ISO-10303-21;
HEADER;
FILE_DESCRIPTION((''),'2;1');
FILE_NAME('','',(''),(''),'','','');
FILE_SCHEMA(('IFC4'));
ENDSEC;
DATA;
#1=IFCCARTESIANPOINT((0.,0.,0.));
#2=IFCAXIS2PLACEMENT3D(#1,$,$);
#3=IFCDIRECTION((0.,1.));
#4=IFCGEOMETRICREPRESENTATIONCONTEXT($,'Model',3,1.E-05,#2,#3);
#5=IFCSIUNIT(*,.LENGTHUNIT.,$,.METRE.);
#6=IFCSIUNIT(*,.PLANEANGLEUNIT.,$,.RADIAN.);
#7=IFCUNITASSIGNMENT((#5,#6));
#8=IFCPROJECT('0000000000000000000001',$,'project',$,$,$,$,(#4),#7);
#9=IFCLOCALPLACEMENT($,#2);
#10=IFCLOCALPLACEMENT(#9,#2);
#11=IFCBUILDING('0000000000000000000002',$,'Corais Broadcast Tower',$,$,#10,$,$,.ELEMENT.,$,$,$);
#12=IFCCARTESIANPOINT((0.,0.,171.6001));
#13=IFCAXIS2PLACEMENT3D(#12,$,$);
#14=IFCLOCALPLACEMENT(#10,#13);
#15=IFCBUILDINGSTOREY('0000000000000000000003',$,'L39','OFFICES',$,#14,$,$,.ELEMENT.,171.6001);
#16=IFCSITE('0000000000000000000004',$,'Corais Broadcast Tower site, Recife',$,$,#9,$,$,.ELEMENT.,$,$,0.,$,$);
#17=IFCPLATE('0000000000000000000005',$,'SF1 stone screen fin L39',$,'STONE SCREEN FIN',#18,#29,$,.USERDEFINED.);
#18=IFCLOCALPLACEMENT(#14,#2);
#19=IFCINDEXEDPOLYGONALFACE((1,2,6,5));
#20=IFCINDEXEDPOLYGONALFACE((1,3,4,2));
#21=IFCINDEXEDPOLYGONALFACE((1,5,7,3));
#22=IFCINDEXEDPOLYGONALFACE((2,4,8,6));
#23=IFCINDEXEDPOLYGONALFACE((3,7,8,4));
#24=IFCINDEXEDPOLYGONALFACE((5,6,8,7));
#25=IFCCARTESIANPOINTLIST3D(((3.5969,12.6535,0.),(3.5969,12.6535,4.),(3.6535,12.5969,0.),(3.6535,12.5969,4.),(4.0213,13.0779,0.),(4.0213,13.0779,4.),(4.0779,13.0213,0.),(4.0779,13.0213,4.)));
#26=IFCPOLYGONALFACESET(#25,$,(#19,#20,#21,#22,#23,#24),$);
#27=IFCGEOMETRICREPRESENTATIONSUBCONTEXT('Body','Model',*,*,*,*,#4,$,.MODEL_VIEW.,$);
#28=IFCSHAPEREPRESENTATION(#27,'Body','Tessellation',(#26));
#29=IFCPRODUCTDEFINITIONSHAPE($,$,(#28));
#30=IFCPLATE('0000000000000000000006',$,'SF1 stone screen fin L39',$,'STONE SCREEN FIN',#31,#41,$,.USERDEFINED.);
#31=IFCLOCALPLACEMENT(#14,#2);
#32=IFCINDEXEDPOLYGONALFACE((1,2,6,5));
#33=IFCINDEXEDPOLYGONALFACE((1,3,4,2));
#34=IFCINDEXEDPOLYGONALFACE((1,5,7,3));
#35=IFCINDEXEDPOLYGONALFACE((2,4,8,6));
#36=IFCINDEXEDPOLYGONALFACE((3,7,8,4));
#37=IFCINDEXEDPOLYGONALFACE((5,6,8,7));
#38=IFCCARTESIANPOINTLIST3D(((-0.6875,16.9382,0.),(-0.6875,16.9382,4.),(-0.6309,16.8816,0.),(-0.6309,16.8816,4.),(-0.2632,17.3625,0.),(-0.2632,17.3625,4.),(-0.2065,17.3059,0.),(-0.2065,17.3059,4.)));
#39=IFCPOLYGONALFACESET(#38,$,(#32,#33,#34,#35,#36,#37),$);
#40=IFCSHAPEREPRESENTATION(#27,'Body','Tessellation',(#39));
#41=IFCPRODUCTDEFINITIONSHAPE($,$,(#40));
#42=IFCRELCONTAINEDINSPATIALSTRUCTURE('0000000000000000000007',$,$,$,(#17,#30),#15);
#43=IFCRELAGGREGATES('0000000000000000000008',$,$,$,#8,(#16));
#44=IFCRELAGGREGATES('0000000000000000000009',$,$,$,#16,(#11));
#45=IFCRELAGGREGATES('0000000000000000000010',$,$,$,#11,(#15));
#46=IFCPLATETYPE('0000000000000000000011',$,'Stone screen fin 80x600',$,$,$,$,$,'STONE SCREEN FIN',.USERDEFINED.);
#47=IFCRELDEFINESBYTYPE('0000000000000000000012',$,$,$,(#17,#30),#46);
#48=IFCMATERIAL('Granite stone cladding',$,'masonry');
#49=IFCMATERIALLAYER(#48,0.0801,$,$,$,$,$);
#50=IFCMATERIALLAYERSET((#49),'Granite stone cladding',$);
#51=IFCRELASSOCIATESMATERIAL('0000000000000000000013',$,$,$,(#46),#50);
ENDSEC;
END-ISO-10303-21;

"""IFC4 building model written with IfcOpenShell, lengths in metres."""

from ifc_helpers import new_model, si_unit, direction, frame, origin, origin_2d, place, context, subcontext, project, spatial, rectangle, extrude, material, layer, layer_set, type_object, element, save


model = new_model("IFC4")

# Units and contexts
model_context = context("Model", 3, precision=1e-05, world=origin(), true_north=direction((0.0, 1.0)))
body_context = subcontext(model_context, "Body", "Model", "MODEL_VIEW")
ifc_project = project(units=[si_unit("LENGTHUNIT", "METRE"), si_unit("PLANEANGLEUNIT", "RADIAN")], contexts=[model_context])

# Site, building, storey
site_placement = place(None, origin())
site = spatial("IfcSite", under=ifc_project, at=site_placement, Name="Corais Broadcast Tower site, Recife", CompositionType="ELEMENT", RefElevation=0.0)
building_placement = place(site_placement, origin())
building = spatial("IfcBuilding", under=site, at=building_placement, Name="Corais Broadcast Tower", CompositionType="ELEMENT")
storey_placement = place(building_placement, frame((0.0, 0.0, 171.6001)))
storey = spatial("IfcBuildingStorey", under=building, at=storey_placement, Name="L39", Description="OFFICES", CompositionType="ELEMENT", Elevation=171.6001)

# Plates
ifc_material_1 = material(Name="Granite stone cladding", Category="masonry")
ifc_layer_1 = layer(ifc_material_1, 0.0801)
ifc_layer_set_1 = layer_set([ifc_layer_1], Name="Granite stone cladding")
plate_type_1 = type_object("IfcPlateType", Name="Stone screen fin 80x600", ElementType="STONE SCREEN FIN", PredefinedType="USERDEFINED", material=ifc_layer_set_1)
for number, where, z_axis, x_axis, name in (
    (1, (3.8374, 12.8374, 0.0), (0.0, 0.0, 1.0), (-0.707107, 0.707107, 0.0), "SF1 stone screen fin L39"),
    (2, (-0.447, 17.1221, 0.0), (0.0, 0.0, 1.0), (-0.707107, 0.707107, 0.0), "SF1 stone screen fin L39"),
):
    element("IfcPlate", number, at=place(storey_placement, frame(where, z_axis=z_axis, x_axis=x_axis)), inside=storey, type_object=plate_type_1, Name=name, ObjectType="STONE SCREEN FIN", PredefinedType="USERDEFINED", context=body_context, shape_type="SweptSolid", body=[
        extrude(rectangle(XDim=0.0801, YDim=0.6001, at=origin_2d()), origin(), (0.0, 0.0, 1.0), 4.0),
    ])

save(model, "model.ifc")
